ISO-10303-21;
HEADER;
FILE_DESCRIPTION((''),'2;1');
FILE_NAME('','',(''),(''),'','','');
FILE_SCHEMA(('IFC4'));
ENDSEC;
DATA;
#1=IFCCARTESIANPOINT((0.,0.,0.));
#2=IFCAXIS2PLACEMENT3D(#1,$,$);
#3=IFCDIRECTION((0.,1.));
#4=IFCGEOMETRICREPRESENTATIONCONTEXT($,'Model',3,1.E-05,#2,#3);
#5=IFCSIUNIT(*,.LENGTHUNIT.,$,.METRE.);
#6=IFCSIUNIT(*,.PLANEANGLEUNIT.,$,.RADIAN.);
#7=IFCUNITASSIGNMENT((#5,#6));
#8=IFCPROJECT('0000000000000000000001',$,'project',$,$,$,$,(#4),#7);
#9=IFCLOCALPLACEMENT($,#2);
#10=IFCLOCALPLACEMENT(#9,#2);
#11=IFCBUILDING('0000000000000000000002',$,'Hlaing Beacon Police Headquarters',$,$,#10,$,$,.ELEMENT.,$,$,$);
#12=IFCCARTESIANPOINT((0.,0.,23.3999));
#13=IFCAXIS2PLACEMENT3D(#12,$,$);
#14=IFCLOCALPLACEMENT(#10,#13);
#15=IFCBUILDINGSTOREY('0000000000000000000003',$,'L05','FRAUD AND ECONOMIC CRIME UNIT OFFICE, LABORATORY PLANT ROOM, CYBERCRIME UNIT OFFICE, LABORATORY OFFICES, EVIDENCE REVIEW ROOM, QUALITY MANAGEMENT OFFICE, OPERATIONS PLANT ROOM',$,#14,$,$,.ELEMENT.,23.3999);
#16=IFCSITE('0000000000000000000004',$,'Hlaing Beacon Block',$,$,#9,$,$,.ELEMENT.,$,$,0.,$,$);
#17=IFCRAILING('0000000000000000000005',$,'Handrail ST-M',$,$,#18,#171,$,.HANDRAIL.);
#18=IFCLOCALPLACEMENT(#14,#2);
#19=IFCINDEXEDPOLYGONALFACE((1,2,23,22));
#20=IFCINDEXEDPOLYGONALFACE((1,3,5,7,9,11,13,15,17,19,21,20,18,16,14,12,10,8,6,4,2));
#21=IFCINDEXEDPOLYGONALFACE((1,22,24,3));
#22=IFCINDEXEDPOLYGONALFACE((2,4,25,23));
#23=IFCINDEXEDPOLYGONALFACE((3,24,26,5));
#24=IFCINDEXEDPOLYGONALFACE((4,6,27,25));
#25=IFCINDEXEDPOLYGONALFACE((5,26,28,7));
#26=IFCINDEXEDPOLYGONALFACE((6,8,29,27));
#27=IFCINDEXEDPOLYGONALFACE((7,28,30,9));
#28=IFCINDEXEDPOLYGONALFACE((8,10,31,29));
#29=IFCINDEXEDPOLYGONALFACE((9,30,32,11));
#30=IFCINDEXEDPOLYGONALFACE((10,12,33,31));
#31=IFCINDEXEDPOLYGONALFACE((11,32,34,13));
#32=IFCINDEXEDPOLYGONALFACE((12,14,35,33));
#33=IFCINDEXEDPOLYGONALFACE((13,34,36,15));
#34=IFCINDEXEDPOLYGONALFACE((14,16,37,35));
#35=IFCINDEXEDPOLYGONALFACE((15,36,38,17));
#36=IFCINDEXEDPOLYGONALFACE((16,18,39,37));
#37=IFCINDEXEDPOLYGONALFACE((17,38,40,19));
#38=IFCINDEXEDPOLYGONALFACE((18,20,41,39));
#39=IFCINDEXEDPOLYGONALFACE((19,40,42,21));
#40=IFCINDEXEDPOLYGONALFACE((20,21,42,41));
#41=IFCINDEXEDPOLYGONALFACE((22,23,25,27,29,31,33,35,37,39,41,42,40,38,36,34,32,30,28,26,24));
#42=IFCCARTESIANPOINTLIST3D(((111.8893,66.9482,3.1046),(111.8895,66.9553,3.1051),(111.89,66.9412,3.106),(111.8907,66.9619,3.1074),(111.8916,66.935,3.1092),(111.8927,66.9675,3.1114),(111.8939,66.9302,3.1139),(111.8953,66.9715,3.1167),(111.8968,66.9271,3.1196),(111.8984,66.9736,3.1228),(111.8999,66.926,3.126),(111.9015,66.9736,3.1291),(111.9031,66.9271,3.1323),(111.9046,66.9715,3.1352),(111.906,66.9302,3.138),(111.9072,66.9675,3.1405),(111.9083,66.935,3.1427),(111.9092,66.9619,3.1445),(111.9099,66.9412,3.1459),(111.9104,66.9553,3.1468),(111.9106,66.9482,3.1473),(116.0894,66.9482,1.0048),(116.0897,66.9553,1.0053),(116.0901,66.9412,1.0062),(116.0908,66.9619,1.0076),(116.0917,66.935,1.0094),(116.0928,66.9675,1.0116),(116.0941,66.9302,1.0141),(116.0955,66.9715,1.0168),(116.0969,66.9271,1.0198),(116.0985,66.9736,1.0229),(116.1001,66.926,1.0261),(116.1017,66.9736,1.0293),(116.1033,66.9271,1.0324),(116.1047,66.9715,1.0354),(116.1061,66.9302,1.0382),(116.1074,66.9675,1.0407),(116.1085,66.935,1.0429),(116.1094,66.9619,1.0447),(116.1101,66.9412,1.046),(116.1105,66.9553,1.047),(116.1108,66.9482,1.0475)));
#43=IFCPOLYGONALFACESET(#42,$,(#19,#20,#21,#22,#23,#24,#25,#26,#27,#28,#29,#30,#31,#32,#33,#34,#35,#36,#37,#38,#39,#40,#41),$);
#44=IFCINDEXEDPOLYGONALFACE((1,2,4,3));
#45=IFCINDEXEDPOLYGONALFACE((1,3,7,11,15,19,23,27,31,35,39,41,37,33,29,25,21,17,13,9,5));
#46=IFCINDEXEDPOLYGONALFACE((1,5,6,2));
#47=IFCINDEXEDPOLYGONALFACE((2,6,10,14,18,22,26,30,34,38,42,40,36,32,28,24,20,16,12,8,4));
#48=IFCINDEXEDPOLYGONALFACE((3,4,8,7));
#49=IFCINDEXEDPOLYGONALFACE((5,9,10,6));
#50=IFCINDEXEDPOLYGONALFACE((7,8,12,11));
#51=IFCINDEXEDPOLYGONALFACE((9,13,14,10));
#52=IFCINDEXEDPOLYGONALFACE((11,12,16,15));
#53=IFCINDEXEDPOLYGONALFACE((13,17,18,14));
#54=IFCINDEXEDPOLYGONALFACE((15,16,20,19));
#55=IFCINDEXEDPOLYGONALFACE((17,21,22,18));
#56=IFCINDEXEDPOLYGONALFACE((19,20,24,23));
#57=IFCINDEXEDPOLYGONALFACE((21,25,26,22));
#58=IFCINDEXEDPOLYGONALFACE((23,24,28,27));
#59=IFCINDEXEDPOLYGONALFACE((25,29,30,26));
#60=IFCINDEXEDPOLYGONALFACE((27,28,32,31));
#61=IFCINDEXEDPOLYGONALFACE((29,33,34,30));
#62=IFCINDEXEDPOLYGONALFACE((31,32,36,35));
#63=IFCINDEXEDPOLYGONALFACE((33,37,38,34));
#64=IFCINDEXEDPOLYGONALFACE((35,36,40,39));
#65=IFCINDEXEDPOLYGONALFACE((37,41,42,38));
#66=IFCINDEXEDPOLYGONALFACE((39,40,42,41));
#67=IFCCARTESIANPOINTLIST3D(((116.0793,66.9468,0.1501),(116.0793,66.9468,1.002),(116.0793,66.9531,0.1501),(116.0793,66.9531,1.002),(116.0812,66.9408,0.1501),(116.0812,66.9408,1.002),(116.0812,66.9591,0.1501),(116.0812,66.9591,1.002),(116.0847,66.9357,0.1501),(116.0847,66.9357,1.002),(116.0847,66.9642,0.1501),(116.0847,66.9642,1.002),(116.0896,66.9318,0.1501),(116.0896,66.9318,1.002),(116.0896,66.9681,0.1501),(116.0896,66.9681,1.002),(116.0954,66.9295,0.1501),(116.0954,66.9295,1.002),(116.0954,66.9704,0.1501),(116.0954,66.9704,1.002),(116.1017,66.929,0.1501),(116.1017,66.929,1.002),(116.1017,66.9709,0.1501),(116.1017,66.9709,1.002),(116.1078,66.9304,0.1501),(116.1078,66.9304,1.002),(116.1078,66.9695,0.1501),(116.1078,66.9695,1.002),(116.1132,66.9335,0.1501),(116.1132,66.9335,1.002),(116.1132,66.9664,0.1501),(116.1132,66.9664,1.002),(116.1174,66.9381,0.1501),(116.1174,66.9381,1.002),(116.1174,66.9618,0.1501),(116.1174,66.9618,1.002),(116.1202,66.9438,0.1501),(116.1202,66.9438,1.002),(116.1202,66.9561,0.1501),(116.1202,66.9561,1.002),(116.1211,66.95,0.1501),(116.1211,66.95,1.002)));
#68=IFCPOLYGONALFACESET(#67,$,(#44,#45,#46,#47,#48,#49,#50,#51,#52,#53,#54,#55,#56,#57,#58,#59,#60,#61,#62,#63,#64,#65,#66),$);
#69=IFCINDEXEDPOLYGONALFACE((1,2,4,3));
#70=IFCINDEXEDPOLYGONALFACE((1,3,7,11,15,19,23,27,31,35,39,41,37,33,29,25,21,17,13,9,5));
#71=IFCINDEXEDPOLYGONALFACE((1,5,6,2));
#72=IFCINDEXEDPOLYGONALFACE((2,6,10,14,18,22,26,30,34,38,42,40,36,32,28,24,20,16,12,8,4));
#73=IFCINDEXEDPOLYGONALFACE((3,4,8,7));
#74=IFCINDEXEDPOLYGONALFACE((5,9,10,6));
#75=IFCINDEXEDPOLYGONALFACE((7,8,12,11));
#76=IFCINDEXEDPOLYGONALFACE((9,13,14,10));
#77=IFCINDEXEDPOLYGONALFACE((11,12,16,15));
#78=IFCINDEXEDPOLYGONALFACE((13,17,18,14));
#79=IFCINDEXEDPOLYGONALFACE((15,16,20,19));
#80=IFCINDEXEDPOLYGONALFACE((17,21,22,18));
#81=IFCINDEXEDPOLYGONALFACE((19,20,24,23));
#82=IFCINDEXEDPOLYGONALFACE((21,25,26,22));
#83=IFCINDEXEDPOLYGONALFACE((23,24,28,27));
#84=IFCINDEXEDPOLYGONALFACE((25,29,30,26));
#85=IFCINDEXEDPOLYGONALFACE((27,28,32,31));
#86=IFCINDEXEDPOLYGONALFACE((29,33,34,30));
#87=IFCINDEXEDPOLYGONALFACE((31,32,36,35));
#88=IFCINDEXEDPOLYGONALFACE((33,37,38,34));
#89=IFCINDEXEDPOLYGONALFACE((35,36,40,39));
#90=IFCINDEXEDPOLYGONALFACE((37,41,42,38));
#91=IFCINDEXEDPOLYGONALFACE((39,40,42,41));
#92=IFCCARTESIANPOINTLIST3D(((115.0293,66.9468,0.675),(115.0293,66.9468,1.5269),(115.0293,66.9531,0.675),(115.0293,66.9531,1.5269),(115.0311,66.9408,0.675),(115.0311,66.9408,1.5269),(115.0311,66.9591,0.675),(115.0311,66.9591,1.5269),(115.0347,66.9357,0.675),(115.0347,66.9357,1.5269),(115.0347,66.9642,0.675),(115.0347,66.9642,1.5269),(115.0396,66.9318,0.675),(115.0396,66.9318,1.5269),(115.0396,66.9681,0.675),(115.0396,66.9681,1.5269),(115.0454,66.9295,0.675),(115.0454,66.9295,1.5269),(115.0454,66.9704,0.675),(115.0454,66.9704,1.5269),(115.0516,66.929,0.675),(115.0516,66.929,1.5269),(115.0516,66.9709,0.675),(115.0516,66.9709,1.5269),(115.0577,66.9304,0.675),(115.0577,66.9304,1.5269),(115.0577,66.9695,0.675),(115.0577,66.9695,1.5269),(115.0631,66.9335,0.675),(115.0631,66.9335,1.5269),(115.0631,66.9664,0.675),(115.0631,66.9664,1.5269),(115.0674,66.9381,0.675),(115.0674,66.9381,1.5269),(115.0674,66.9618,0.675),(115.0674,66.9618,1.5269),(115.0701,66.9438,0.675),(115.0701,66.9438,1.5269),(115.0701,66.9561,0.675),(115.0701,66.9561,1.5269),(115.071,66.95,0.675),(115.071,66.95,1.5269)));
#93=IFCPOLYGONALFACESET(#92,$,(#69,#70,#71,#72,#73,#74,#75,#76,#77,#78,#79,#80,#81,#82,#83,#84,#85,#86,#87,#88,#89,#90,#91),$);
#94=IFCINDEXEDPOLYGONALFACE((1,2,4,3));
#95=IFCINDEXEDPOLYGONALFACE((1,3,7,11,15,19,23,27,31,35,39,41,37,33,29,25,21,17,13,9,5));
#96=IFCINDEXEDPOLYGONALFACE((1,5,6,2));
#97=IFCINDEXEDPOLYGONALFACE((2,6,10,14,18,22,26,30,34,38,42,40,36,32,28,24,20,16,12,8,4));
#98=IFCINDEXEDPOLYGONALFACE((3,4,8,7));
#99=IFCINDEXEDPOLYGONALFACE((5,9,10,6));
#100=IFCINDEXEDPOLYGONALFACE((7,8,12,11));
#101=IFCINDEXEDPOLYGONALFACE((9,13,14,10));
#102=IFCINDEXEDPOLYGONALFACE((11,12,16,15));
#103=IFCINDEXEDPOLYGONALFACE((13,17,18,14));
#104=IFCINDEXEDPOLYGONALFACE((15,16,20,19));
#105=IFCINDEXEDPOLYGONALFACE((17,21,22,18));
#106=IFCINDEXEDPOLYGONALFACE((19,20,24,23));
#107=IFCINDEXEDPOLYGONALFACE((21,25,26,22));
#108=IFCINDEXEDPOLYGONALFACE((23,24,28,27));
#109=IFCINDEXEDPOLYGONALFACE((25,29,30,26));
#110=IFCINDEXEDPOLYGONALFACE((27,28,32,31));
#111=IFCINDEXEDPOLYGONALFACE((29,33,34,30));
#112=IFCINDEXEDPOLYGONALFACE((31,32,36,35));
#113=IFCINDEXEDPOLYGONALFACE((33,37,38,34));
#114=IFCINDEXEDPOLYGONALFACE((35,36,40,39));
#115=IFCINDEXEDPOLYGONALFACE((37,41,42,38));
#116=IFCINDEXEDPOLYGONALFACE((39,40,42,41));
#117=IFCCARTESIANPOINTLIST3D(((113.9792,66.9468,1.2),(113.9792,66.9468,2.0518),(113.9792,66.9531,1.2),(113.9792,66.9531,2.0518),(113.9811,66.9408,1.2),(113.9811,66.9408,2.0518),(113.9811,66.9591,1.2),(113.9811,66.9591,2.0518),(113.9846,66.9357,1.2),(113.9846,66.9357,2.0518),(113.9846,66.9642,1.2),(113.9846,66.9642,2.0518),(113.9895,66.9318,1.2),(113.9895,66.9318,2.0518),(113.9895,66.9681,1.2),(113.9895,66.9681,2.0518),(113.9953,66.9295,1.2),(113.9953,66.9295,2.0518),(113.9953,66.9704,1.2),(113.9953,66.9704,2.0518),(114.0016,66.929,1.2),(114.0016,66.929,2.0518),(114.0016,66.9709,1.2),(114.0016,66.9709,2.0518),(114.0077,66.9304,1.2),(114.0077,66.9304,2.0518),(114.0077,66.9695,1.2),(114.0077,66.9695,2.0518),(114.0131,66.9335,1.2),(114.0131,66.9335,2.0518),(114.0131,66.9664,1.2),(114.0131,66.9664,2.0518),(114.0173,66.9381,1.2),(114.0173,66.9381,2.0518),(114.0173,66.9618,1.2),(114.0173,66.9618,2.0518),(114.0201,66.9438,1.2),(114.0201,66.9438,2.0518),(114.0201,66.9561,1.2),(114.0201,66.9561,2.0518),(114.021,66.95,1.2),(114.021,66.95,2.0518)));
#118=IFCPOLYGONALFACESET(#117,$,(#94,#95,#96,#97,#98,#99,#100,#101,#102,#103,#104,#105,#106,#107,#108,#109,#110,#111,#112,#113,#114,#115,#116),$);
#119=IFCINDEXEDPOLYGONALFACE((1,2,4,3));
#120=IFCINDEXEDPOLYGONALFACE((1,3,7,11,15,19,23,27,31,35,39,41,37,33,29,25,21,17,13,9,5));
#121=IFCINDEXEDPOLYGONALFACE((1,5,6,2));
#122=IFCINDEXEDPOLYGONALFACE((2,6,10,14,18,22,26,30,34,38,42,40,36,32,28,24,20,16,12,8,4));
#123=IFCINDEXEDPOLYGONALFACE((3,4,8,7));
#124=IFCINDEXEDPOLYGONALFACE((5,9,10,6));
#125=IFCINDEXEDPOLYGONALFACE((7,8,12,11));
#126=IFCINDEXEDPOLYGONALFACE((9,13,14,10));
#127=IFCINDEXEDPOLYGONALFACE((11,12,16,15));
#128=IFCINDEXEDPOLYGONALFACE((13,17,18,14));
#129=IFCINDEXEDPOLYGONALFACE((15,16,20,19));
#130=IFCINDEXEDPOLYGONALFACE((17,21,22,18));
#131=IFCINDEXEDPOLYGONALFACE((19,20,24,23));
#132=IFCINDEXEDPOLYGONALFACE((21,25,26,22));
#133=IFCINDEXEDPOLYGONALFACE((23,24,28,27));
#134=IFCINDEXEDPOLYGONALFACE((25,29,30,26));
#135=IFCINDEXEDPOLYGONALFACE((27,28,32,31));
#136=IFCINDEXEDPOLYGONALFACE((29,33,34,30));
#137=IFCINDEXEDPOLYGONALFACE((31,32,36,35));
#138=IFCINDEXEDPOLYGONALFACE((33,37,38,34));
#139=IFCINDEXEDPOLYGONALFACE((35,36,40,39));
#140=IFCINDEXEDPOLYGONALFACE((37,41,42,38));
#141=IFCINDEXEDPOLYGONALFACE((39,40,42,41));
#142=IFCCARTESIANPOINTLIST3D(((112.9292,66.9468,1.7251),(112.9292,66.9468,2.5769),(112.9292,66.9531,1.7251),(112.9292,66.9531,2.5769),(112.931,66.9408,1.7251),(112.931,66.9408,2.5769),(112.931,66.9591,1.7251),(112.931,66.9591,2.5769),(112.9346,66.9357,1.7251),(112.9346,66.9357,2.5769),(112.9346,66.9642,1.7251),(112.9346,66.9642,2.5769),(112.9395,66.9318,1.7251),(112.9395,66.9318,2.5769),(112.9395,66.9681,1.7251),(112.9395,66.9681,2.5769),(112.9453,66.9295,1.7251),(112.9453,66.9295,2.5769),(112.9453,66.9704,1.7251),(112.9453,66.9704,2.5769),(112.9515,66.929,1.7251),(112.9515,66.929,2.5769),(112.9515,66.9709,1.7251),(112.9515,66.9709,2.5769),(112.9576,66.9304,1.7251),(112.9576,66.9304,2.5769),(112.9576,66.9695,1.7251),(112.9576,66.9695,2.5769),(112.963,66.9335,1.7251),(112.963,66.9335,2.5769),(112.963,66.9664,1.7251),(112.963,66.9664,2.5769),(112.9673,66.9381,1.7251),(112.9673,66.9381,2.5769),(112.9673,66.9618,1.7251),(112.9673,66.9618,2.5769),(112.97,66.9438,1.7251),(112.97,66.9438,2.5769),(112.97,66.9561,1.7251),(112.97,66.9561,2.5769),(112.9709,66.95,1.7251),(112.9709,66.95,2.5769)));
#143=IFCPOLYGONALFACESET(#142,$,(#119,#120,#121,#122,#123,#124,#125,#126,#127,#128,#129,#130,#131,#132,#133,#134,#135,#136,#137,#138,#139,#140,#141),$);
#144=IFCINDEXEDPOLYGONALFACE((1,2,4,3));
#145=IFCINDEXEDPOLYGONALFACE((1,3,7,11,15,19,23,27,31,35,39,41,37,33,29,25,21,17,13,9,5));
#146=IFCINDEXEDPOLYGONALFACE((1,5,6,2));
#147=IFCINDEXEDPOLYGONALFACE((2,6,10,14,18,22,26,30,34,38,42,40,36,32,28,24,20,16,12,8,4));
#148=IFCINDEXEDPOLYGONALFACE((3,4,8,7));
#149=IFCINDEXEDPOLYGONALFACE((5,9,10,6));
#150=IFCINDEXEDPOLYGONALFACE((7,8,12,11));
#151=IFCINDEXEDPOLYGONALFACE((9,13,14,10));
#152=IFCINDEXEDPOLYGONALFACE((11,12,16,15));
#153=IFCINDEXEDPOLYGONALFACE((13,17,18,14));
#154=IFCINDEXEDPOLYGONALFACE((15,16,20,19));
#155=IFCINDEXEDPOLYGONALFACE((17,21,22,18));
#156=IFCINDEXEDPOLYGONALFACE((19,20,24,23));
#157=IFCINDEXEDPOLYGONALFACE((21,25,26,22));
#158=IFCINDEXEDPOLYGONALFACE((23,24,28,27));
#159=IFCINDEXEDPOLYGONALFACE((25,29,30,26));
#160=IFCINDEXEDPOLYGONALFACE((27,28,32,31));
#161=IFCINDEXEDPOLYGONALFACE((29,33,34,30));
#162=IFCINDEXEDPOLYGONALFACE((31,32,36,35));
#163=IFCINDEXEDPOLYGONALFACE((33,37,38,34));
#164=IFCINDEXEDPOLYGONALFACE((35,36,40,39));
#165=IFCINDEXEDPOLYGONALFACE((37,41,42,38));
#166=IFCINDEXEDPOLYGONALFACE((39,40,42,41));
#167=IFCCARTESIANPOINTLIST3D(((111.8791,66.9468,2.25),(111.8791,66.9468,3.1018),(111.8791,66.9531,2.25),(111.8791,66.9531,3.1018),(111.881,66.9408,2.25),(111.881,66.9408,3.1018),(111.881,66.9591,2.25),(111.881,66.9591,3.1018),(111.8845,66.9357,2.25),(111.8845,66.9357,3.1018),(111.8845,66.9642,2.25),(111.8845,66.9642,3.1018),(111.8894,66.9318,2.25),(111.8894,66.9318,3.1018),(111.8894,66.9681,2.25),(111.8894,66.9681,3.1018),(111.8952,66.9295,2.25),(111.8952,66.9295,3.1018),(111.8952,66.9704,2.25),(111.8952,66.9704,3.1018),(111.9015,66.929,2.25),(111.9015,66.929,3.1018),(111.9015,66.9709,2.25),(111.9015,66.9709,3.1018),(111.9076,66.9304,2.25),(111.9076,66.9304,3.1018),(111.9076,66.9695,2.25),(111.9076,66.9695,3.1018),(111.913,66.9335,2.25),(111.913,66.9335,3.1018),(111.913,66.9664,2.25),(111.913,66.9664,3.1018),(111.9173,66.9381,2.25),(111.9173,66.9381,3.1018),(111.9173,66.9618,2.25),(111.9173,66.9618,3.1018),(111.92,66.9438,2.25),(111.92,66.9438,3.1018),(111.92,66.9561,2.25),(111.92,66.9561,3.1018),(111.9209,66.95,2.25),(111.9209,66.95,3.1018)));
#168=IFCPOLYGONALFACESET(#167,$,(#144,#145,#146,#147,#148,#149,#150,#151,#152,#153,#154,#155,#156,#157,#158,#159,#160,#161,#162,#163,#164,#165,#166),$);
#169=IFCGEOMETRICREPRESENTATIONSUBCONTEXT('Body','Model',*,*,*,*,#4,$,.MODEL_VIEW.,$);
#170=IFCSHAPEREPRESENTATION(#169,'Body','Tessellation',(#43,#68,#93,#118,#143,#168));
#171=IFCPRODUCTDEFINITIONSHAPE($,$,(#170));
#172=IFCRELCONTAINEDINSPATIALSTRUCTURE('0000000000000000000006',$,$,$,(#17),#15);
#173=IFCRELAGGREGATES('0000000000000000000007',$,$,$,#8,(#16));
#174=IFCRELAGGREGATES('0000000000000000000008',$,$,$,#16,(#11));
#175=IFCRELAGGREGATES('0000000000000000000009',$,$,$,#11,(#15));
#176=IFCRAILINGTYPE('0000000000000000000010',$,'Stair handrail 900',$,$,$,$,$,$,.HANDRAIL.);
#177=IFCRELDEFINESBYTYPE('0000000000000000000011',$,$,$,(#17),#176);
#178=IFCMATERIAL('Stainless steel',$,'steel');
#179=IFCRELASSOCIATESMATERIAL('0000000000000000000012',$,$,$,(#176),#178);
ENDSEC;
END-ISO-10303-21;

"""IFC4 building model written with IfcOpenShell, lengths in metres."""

from ifc_helpers import new_model, si_unit, direction, frame, origin, origin_2d, place, context, subcontext, project, spatial, circle, extrude, material, type_object, element, save


model = new_model("IFC4")

# Units and contexts
model_context = context("Model", 3, precision=1e-05, world=origin(), true_north=direction((0.0, 1.0)))
body_context = subcontext(model_context, "Body", "Model", "MODEL_VIEW")
ifc_project = project(units=[si_unit("LENGTHUNIT", "METRE"), si_unit("PLANEANGLEUNIT", "RADIAN")], contexts=[model_context])

# Site, building, storey
site_placement = place(None, origin())
site = spatial("IfcSite", under=ifc_project, at=site_placement, Name="Hlaing Beacon Block", CompositionType="ELEMENT", RefElevation=0.0)
building_placement = place(site_placement, origin())
building = spatial("IfcBuilding", under=site, at=building_placement, Name="Hlaing Beacon Police Headquarters", CompositionType="ELEMENT")
storey_placement = place(building_placement, frame((0.0, 0.0, 23.3999)))
storey = spatial("IfcBuildingStorey", under=building, at=storey_placement, Name="L05", Description="FRAUD AND ECONOMIC CRIME UNIT OFFICE, LABORATORY PLANT ROOM, CYBERCRIME UNIT OFFICE, LABORATORY OFFICES, EVIDENCE REVIEW ROOM, QUALITY MANAGEMENT OFFICE, OPERATIONS PLANT ROOM", CompositionType="ELEMENT", Elevation=23.3999)

# Railing
ifc_material_1 = material(Name="Stainless steel", Category="steel")
railing_type_1 = type_object("IfcRailingType", Name="Stair handrail 900", PredefinedType="HANDRAIL", material=ifc_material_1)
for number, where, name in (
    (1, (116.1001, 66.95, 0.1501), "Handrail ST-M"),
):
    element("IfcRailing", number, at=place(storey_placement, frame(where)), inside=storey, type_object=railing_type_1, Name=name, PredefinedType="HANDRAIL", context=body_context, shape_type="SweptSolid", body=[
        extrude(circle(Radius=0.0239, at=origin_2d()), frame((0.0, 0.0, 0.876), z_axis=(-0.894448, 0.0, 0.447172), x_axis=(0.0, -1.0, 0.0)), (0.0, 0.0, 1.0), 4.6958),
        extrude(circle(Radius=0.021, at=origin_2d()), origin(), (0.0, 0.0, 1.0), 0.8518),
        extrude(circle(Radius=0.021, at=origin_2d()), frame((-1.05, 0.0, 0.5249)), (0.0, 0.0, 1.0), 0.8518),
        extrude(circle(Radius=0.021, at=origin_2d()), frame((-2.1001, 0.0, 1.0498)), (0.0, 0.0, 1.0), 0.8518),
        extrude(circle(Radius=0.021, at=origin_2d()), frame((-3.1501, 0.0, 1.575)), (0.0, 0.0, 1.0), 0.8518),
        extrude(circle(Radius=0.021, at=origin_2d()), frame((-4.2002, 0.0, 2.0999)), (0.0, 0.0, 1.0), 0.8518),
    ])

save(model, "model.ifc")
